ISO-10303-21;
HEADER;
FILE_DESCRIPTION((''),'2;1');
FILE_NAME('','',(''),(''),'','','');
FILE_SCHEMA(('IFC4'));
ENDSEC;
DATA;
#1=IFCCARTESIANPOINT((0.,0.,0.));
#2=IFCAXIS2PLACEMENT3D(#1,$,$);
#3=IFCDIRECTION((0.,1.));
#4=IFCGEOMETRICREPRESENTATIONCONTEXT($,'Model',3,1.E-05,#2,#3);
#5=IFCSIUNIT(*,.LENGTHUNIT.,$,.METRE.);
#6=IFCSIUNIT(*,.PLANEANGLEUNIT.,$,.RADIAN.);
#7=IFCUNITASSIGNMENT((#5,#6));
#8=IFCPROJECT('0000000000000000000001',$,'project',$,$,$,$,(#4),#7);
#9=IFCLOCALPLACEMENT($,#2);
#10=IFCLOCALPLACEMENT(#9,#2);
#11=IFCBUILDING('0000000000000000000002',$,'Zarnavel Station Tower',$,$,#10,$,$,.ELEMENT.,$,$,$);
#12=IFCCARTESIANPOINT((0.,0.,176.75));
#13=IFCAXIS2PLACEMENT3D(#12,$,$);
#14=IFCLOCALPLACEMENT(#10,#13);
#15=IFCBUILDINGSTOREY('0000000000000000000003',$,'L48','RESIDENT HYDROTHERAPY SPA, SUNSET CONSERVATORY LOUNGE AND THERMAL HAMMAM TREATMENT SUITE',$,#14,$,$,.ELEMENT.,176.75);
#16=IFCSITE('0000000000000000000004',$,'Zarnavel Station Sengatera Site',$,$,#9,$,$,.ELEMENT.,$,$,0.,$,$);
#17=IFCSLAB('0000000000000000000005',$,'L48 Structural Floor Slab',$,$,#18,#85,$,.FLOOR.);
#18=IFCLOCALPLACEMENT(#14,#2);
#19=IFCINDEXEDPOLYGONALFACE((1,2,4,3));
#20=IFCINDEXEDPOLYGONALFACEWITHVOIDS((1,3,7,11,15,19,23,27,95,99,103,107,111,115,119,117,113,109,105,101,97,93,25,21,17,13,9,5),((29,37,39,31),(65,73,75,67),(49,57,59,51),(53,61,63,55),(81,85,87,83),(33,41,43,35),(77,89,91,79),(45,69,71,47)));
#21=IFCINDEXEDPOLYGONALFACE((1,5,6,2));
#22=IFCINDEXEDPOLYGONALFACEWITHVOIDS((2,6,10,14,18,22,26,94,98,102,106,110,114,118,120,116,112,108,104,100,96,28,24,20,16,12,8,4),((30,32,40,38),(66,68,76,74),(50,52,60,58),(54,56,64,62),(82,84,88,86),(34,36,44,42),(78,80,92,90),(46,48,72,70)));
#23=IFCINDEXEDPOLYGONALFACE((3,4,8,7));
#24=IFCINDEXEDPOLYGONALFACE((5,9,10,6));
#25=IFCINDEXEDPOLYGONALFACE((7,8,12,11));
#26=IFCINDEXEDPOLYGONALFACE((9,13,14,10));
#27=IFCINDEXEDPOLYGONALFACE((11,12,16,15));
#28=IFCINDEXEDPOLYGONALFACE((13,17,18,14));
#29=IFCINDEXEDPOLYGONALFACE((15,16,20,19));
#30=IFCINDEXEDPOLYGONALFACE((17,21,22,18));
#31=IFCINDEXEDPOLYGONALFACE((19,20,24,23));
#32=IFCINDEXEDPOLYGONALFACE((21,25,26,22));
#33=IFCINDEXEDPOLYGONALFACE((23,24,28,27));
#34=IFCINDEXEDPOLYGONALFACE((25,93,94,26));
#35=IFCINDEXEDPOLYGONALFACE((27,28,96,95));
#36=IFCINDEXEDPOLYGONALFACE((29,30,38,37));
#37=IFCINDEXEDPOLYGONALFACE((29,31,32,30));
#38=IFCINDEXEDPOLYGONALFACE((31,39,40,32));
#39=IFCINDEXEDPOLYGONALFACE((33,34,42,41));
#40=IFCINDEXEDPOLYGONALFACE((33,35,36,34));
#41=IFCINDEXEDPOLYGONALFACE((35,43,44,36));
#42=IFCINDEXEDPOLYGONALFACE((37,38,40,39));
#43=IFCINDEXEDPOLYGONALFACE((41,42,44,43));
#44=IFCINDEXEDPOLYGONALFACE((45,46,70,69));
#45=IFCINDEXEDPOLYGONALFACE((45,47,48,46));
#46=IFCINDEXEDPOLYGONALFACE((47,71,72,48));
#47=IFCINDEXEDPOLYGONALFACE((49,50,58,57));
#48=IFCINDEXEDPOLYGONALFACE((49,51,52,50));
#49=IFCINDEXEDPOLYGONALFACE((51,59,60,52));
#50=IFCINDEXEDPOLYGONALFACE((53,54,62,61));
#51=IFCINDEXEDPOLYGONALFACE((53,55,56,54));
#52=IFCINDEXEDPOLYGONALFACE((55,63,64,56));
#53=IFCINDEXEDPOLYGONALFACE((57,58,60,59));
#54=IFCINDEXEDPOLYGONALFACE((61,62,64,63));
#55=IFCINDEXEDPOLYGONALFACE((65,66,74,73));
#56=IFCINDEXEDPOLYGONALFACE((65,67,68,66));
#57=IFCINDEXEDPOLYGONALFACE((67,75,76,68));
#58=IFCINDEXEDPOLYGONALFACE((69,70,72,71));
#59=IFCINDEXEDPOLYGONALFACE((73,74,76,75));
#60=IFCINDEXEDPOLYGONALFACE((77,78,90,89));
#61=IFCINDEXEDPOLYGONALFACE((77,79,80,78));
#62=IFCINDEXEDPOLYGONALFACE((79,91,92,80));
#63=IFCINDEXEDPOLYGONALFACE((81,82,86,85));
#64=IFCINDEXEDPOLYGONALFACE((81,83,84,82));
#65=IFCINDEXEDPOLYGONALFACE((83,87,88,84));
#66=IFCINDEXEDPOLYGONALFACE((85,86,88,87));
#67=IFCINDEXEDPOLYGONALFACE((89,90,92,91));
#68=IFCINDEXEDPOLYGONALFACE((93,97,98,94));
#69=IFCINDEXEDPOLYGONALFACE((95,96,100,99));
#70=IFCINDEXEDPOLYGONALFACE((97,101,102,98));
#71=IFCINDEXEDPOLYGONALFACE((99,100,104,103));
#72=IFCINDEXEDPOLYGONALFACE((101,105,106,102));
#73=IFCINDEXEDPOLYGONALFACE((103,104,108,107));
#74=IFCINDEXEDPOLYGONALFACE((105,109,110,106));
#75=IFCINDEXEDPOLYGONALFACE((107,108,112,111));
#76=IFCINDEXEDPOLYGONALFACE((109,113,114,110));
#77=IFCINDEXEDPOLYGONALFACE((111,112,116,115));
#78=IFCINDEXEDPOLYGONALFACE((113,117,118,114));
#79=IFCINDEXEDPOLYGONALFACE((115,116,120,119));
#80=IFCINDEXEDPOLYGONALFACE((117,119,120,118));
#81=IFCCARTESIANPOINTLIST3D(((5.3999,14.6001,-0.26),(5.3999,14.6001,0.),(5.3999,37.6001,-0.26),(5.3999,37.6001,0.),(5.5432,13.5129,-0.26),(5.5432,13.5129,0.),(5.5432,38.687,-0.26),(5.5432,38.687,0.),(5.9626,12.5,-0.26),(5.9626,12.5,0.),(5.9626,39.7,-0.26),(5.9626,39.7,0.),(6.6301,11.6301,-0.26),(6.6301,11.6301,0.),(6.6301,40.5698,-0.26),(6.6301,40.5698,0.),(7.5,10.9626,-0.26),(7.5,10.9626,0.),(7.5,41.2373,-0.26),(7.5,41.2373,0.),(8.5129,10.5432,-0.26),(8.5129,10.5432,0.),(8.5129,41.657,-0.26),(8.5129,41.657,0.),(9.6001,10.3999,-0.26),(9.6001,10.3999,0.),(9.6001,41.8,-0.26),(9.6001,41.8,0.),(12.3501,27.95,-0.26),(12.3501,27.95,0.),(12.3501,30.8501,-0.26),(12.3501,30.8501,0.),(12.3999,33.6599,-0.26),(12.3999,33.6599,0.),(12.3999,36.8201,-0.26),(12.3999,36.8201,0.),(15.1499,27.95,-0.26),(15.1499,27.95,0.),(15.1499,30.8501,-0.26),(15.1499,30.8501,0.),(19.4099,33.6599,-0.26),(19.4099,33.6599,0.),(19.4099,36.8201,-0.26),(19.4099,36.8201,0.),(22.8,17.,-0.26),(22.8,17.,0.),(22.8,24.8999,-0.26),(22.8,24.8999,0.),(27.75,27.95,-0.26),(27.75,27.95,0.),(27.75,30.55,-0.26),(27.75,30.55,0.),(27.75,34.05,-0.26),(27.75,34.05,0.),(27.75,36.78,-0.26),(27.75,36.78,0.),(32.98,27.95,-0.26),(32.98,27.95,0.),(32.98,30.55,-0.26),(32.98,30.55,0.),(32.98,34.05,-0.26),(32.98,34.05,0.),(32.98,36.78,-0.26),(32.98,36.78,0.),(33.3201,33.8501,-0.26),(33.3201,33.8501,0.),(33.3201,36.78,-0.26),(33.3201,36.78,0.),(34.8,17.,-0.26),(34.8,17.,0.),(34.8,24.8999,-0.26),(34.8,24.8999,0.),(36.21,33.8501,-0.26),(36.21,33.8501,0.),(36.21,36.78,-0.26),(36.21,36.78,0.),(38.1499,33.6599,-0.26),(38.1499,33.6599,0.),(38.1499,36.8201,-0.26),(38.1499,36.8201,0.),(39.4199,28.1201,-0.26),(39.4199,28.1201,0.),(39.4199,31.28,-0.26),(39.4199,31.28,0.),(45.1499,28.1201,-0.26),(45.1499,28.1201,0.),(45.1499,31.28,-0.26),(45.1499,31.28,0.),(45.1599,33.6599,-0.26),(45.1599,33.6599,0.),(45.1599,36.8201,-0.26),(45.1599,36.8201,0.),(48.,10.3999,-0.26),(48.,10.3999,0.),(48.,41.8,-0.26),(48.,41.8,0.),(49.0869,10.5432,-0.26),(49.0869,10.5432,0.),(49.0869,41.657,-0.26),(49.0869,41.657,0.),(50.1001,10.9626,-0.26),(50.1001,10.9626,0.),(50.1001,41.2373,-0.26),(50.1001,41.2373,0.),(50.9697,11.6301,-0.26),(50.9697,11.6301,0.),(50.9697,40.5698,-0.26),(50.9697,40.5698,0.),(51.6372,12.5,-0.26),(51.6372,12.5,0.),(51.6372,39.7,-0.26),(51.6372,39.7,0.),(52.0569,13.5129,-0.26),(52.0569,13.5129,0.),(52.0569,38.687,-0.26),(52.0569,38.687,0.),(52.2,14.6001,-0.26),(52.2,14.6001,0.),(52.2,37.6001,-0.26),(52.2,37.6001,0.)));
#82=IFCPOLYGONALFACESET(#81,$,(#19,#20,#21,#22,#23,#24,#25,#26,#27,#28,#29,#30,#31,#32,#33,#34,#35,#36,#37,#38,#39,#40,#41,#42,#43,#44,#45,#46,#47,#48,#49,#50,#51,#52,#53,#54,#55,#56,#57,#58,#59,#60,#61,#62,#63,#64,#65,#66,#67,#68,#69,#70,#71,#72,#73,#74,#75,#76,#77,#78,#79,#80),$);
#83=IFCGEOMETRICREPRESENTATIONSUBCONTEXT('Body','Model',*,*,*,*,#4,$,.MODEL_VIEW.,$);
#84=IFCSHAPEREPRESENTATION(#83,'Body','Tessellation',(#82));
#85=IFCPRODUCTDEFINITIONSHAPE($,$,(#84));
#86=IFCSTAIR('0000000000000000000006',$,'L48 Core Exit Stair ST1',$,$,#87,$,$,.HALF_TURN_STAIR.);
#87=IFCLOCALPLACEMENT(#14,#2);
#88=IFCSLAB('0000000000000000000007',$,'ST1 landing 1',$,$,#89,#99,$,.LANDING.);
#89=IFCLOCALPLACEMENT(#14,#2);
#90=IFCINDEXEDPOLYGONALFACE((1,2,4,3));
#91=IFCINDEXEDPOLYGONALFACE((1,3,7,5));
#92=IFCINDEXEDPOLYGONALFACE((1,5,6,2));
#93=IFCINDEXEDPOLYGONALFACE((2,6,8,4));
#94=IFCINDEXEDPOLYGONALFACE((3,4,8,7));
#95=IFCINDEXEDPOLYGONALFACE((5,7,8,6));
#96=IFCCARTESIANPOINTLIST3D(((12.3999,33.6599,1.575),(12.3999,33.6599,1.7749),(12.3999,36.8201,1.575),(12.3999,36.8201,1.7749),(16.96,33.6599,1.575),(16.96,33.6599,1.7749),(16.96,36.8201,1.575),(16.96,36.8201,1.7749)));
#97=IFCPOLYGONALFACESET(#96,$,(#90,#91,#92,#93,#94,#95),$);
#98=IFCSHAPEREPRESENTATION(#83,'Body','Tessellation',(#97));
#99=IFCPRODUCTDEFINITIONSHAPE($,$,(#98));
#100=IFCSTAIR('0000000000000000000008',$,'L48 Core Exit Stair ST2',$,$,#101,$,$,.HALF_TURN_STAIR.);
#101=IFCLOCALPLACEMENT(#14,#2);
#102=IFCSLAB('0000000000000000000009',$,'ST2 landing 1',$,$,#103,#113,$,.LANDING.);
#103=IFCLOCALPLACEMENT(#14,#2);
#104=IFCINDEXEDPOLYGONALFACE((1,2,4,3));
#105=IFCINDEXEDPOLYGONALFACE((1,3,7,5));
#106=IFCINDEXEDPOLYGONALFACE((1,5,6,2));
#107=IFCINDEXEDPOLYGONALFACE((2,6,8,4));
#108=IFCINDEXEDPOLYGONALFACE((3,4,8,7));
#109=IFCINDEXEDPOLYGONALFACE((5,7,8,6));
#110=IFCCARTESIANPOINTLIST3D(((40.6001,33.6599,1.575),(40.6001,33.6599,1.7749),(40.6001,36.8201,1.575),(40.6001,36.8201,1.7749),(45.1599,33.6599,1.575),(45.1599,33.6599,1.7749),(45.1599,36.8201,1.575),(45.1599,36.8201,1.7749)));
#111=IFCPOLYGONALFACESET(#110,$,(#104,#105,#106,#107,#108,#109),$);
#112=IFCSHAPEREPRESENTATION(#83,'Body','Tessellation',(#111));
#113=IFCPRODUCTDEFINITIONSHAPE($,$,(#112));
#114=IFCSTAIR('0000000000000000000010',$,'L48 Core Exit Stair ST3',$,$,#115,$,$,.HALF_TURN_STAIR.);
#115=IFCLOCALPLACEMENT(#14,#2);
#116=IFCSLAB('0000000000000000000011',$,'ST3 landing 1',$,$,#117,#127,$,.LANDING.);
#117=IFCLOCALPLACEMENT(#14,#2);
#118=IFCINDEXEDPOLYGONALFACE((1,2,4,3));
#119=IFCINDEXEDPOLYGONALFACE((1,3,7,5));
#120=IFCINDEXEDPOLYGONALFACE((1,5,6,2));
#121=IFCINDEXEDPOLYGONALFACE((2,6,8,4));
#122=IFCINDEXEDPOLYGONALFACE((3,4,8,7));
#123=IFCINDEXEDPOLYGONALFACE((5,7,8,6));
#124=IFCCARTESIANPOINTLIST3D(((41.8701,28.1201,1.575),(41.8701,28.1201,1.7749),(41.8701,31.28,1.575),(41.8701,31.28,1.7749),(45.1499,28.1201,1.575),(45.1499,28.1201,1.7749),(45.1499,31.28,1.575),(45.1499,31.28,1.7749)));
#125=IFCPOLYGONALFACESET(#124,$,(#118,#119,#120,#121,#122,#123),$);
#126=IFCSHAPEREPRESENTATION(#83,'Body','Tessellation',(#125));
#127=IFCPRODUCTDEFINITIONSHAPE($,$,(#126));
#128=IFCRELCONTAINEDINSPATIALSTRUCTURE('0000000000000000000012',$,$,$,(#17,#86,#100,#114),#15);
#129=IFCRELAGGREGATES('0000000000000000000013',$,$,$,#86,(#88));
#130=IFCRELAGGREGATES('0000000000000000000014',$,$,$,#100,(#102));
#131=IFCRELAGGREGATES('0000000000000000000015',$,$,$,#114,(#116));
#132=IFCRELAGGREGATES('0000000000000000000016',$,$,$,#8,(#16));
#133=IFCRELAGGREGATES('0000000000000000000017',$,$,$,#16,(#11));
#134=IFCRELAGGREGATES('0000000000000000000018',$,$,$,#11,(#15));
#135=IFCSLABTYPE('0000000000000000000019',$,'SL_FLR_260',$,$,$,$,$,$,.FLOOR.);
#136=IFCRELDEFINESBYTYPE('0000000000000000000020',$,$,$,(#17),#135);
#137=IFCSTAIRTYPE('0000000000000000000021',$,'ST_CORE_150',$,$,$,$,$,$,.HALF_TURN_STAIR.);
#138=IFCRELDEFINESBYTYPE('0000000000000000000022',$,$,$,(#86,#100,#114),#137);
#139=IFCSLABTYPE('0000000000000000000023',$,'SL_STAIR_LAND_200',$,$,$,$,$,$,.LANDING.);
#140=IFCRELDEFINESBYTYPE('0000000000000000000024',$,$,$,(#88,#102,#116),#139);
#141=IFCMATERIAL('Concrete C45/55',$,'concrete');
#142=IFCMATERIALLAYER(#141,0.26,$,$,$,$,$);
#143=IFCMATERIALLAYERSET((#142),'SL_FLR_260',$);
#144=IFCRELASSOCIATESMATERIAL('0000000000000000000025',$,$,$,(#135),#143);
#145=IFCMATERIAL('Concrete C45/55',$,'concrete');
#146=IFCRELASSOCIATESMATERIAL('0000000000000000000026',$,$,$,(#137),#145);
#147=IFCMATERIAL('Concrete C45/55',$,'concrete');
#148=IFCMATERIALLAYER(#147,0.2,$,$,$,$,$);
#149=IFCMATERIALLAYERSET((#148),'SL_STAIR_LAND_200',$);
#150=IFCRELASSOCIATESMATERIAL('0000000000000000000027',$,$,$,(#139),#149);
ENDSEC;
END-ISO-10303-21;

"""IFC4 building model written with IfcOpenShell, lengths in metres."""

from ifc_helpers import new_model, si_unit, direction, frame, origin, place, context, subcontext, project, spatial, polyline, outline, extrude, material, layer, layer_set, type_object, element, aggregate, save


model = new_model("IFC4")

# Units and contexts
model_context = context("Model", 3, precision=1e-05, world=origin(), true_north=direction((0.0, 1.0)))
body_context = subcontext(model_context, "Body", "Model", "MODEL_VIEW")
ifc_project = project(units=[si_unit("LENGTHUNIT", "METRE"), si_unit("PLANEANGLEUNIT", "RADIAN")], contexts=[model_context])

# Site, building, storey
site_placement = place(None, origin())
site = spatial("IfcSite", under=ifc_project, at=site_placement, Name="Zarnavel Station Sengatera Site", CompositionType="ELEMENT", RefElevation=0.0)
building_placement = place(site_placement, origin())
building = spatial("IfcBuilding", under=site, at=building_placement, Name="Zarnavel Station Tower", CompositionType="ELEMENT")
storey_placement = place(building_placement, frame((0.0, 0.0, 176.75)))
storey = spatial("IfcBuildingStorey", under=building, at=storey_placement, Name="L48", Description="RESIDENT HYDROTHERAPY SPA, SUNSET CONSERVATORY LOUNGE AND THERMAL HAMMAM TREATMENT SUITE", CompositionType="ELEMENT", Elevation=176.75)

# Slab
ifc_material_1 = material(Name="Concrete C45/55", Category="concrete")
ifc_layer_1 = layer(ifc_material_1, 0.26)
ifc_layer_set_1 = layer_set([ifc_layer_1], Name="SL_FLR_260")
slab_type_1 = type_object("IfcSlabType", Name="SL_FLR_260", PredefinedType="FLOOR", material=ifc_layer_set_1)
slab_1_placement = place(storey_placement, frame((0.0, 0.0, -0.26)))
element("IfcSlab", 1, at=slab_1_placement, inside=storey, type_object=slab_type_1, Name="L48 Structural Floor Slab", PredefinedType="FLOOR", context=body_context, shape_type="SweptSolid", body=[
    extrude(outline(polyline([(48.0, 10.3999), (49.0869, 10.5432), (50.1001, 10.9626), (50.9697, 11.6301), (51.6372, 12.5), (52.0569, 13.5129), (52.2, 14.6001), (52.2, 37.6001), (52.0569, 38.687), (51.6372, 39.7), (50.9697, 40.5698), (50.1001, 41.2373), (49.0869, 41.657), (48.0, 41.8), (9.6001, 41.8), (8.5129, 41.657), (7.5, 41.2373), (6.6301, 40.5698), (5.9626, 39.7), (5.5432, 38.687), (5.3999, 37.6001), (5.3999, 14.6001), (5.5432, 13.5129), (5.9626, 12.5), (6.6301, 11.6301), (7.5, 10.9626), (8.5129, 10.5432), (9.6001, 10.3999), (48.0, 10.3999)]), holes=[polyline([(12.3999, 33.6599), (19.4099, 33.6599), (19.4099, 36.8201), (12.3999, 36.8201), (12.3999, 33.6599)]), polyline([(38.1499, 33.6599), (45.1599, 33.6599), (45.1599, 36.8201), (38.1499, 36.8201), (38.1499, 33.6599)]), polyline([(39.4199, 28.1201), (45.1499, 28.1201), (45.1499, 31.28), (39.4199, 31.28), (39.4199, 28.1201)]), polyline([(12.3501, 27.95), (15.1499, 27.95), (15.1499, 30.8501), (12.3501, 30.8501), (12.3501, 27.95)]), polyline([(33.3201, 33.8501), (36.21, 33.8501), (36.21, 36.78), (33.3201, 36.78), (33.3201, 33.8501)]), polyline([(27.75, 34.05), (32.98, 34.05), (32.98, 36.78), (27.75, 36.78), (27.75, 34.05)]), polyline([(27.75, 27.95), (32.98, 27.95), (32.98, 30.55), (27.75, 30.55), (27.75, 27.95)]), polyline([(22.8, 17.0), (34.8, 17.0), (34.8, 24.8999), (22.8, 24.8999), (22.8, 17.0)])]), origin(), (0.0, 0.0, 1.0), 0.26),
])

# Stairs, slabs
ifc_material_2 = material(Name="Concrete C45/55", Category="concrete")
stair_type = type_object("IfcStairType", Name="ST_CORE_150", PredefinedType="HALF_TURN_STAIR", material=ifc_material_2)
stair_1_placement = place(storey_placement, origin())
stair_1 = element("IfcStair", 2, at=stair_1_placement, inside=storey, type_object=stair_type, Name="L48 Core Exit Stair ST1", PredefinedType="HALF_TURN_STAIR")
ifc_material_3 = material(Name="Concrete C45/55", Category="concrete")
ifc_layer_2 = layer(ifc_material_3, 0.2)
ifc_layer_set_2 = layer_set([ifc_layer_2], Name="SL_STAIR_LAND_200")
slab_type_2 = type_object("IfcSlabType", Name="SL_STAIR_LAND_200", PredefinedType="LANDING", material=ifc_layer_set_2)
slab_2_placement = place(storey_placement, frame((0.0, 0.0, 1.575)))
slab_2 = element("IfcSlab", 3, at=slab_2_placement, type_object=slab_type_2, Name="ST1 landing 1", PredefinedType="LANDING", context=body_context, shape_type="SweptSolid", body=[
    extrude(outline(polyline([(16.96, 36.8201), (12.3999, 36.8201), (12.3999, 33.6599), (16.96, 33.6599), (16.96, 36.8201)])), origin(), (0.0, 0.0, 1.0), 0.2),
])
aggregate(stair_1, [slab_2])
stair_2_placement = place(storey_placement, origin())
stair_2 = element("IfcStair", 4, at=stair_2_placement, inside=storey, type_object=stair_type, Name="L48 Core Exit Stair ST2", PredefinedType="HALF_TURN_STAIR")
slab_3_placement = place(storey_placement, frame((0.0, 0.0, 1.575)))
slab_3 = element("IfcSlab", 5, at=slab_3_placement, type_object=slab_type_2, Name="ST2 landing 1", PredefinedType="LANDING", context=body_context, shape_type="SweptSolid", body=[
    extrude(outline(polyline([(40.6001, 33.6599), (45.1599, 33.6599), (45.1599, 36.8201), (40.6001, 36.8201), (40.6001, 33.6599)])), origin(), (0.0, 0.0, 1.0), 0.2),
])
aggregate(stair_2, [slab_3])
stair_3_placement = place(storey_placement, origin())
stair_3 = element("IfcStair", 6, at=stair_3_placement, inside=storey, type_object=stair_type, Name="L48 Core Exit Stair ST3", PredefinedType="HALF_TURN_STAIR")
slab_4_placement = place(storey_placement, frame((0.0, 0.0, 1.575)))
slab_4 = element("IfcSlab", 7, at=slab_4_placement, type_object=slab_type_2, Name="ST3 landing 1", PredefinedType="LANDING", context=body_context, shape_type="SweptSolid", body=[
    extrude(outline(polyline([(41.8701, 28.1201), (45.1499, 28.1201), (45.1499, 31.28), (41.8701, 31.28), (41.8701, 28.1201)])), origin(), (0.0, 0.0, 1.0), 0.2),
])
aggregate(stair_3, [slab_4])

save(model, "model.ifc")
